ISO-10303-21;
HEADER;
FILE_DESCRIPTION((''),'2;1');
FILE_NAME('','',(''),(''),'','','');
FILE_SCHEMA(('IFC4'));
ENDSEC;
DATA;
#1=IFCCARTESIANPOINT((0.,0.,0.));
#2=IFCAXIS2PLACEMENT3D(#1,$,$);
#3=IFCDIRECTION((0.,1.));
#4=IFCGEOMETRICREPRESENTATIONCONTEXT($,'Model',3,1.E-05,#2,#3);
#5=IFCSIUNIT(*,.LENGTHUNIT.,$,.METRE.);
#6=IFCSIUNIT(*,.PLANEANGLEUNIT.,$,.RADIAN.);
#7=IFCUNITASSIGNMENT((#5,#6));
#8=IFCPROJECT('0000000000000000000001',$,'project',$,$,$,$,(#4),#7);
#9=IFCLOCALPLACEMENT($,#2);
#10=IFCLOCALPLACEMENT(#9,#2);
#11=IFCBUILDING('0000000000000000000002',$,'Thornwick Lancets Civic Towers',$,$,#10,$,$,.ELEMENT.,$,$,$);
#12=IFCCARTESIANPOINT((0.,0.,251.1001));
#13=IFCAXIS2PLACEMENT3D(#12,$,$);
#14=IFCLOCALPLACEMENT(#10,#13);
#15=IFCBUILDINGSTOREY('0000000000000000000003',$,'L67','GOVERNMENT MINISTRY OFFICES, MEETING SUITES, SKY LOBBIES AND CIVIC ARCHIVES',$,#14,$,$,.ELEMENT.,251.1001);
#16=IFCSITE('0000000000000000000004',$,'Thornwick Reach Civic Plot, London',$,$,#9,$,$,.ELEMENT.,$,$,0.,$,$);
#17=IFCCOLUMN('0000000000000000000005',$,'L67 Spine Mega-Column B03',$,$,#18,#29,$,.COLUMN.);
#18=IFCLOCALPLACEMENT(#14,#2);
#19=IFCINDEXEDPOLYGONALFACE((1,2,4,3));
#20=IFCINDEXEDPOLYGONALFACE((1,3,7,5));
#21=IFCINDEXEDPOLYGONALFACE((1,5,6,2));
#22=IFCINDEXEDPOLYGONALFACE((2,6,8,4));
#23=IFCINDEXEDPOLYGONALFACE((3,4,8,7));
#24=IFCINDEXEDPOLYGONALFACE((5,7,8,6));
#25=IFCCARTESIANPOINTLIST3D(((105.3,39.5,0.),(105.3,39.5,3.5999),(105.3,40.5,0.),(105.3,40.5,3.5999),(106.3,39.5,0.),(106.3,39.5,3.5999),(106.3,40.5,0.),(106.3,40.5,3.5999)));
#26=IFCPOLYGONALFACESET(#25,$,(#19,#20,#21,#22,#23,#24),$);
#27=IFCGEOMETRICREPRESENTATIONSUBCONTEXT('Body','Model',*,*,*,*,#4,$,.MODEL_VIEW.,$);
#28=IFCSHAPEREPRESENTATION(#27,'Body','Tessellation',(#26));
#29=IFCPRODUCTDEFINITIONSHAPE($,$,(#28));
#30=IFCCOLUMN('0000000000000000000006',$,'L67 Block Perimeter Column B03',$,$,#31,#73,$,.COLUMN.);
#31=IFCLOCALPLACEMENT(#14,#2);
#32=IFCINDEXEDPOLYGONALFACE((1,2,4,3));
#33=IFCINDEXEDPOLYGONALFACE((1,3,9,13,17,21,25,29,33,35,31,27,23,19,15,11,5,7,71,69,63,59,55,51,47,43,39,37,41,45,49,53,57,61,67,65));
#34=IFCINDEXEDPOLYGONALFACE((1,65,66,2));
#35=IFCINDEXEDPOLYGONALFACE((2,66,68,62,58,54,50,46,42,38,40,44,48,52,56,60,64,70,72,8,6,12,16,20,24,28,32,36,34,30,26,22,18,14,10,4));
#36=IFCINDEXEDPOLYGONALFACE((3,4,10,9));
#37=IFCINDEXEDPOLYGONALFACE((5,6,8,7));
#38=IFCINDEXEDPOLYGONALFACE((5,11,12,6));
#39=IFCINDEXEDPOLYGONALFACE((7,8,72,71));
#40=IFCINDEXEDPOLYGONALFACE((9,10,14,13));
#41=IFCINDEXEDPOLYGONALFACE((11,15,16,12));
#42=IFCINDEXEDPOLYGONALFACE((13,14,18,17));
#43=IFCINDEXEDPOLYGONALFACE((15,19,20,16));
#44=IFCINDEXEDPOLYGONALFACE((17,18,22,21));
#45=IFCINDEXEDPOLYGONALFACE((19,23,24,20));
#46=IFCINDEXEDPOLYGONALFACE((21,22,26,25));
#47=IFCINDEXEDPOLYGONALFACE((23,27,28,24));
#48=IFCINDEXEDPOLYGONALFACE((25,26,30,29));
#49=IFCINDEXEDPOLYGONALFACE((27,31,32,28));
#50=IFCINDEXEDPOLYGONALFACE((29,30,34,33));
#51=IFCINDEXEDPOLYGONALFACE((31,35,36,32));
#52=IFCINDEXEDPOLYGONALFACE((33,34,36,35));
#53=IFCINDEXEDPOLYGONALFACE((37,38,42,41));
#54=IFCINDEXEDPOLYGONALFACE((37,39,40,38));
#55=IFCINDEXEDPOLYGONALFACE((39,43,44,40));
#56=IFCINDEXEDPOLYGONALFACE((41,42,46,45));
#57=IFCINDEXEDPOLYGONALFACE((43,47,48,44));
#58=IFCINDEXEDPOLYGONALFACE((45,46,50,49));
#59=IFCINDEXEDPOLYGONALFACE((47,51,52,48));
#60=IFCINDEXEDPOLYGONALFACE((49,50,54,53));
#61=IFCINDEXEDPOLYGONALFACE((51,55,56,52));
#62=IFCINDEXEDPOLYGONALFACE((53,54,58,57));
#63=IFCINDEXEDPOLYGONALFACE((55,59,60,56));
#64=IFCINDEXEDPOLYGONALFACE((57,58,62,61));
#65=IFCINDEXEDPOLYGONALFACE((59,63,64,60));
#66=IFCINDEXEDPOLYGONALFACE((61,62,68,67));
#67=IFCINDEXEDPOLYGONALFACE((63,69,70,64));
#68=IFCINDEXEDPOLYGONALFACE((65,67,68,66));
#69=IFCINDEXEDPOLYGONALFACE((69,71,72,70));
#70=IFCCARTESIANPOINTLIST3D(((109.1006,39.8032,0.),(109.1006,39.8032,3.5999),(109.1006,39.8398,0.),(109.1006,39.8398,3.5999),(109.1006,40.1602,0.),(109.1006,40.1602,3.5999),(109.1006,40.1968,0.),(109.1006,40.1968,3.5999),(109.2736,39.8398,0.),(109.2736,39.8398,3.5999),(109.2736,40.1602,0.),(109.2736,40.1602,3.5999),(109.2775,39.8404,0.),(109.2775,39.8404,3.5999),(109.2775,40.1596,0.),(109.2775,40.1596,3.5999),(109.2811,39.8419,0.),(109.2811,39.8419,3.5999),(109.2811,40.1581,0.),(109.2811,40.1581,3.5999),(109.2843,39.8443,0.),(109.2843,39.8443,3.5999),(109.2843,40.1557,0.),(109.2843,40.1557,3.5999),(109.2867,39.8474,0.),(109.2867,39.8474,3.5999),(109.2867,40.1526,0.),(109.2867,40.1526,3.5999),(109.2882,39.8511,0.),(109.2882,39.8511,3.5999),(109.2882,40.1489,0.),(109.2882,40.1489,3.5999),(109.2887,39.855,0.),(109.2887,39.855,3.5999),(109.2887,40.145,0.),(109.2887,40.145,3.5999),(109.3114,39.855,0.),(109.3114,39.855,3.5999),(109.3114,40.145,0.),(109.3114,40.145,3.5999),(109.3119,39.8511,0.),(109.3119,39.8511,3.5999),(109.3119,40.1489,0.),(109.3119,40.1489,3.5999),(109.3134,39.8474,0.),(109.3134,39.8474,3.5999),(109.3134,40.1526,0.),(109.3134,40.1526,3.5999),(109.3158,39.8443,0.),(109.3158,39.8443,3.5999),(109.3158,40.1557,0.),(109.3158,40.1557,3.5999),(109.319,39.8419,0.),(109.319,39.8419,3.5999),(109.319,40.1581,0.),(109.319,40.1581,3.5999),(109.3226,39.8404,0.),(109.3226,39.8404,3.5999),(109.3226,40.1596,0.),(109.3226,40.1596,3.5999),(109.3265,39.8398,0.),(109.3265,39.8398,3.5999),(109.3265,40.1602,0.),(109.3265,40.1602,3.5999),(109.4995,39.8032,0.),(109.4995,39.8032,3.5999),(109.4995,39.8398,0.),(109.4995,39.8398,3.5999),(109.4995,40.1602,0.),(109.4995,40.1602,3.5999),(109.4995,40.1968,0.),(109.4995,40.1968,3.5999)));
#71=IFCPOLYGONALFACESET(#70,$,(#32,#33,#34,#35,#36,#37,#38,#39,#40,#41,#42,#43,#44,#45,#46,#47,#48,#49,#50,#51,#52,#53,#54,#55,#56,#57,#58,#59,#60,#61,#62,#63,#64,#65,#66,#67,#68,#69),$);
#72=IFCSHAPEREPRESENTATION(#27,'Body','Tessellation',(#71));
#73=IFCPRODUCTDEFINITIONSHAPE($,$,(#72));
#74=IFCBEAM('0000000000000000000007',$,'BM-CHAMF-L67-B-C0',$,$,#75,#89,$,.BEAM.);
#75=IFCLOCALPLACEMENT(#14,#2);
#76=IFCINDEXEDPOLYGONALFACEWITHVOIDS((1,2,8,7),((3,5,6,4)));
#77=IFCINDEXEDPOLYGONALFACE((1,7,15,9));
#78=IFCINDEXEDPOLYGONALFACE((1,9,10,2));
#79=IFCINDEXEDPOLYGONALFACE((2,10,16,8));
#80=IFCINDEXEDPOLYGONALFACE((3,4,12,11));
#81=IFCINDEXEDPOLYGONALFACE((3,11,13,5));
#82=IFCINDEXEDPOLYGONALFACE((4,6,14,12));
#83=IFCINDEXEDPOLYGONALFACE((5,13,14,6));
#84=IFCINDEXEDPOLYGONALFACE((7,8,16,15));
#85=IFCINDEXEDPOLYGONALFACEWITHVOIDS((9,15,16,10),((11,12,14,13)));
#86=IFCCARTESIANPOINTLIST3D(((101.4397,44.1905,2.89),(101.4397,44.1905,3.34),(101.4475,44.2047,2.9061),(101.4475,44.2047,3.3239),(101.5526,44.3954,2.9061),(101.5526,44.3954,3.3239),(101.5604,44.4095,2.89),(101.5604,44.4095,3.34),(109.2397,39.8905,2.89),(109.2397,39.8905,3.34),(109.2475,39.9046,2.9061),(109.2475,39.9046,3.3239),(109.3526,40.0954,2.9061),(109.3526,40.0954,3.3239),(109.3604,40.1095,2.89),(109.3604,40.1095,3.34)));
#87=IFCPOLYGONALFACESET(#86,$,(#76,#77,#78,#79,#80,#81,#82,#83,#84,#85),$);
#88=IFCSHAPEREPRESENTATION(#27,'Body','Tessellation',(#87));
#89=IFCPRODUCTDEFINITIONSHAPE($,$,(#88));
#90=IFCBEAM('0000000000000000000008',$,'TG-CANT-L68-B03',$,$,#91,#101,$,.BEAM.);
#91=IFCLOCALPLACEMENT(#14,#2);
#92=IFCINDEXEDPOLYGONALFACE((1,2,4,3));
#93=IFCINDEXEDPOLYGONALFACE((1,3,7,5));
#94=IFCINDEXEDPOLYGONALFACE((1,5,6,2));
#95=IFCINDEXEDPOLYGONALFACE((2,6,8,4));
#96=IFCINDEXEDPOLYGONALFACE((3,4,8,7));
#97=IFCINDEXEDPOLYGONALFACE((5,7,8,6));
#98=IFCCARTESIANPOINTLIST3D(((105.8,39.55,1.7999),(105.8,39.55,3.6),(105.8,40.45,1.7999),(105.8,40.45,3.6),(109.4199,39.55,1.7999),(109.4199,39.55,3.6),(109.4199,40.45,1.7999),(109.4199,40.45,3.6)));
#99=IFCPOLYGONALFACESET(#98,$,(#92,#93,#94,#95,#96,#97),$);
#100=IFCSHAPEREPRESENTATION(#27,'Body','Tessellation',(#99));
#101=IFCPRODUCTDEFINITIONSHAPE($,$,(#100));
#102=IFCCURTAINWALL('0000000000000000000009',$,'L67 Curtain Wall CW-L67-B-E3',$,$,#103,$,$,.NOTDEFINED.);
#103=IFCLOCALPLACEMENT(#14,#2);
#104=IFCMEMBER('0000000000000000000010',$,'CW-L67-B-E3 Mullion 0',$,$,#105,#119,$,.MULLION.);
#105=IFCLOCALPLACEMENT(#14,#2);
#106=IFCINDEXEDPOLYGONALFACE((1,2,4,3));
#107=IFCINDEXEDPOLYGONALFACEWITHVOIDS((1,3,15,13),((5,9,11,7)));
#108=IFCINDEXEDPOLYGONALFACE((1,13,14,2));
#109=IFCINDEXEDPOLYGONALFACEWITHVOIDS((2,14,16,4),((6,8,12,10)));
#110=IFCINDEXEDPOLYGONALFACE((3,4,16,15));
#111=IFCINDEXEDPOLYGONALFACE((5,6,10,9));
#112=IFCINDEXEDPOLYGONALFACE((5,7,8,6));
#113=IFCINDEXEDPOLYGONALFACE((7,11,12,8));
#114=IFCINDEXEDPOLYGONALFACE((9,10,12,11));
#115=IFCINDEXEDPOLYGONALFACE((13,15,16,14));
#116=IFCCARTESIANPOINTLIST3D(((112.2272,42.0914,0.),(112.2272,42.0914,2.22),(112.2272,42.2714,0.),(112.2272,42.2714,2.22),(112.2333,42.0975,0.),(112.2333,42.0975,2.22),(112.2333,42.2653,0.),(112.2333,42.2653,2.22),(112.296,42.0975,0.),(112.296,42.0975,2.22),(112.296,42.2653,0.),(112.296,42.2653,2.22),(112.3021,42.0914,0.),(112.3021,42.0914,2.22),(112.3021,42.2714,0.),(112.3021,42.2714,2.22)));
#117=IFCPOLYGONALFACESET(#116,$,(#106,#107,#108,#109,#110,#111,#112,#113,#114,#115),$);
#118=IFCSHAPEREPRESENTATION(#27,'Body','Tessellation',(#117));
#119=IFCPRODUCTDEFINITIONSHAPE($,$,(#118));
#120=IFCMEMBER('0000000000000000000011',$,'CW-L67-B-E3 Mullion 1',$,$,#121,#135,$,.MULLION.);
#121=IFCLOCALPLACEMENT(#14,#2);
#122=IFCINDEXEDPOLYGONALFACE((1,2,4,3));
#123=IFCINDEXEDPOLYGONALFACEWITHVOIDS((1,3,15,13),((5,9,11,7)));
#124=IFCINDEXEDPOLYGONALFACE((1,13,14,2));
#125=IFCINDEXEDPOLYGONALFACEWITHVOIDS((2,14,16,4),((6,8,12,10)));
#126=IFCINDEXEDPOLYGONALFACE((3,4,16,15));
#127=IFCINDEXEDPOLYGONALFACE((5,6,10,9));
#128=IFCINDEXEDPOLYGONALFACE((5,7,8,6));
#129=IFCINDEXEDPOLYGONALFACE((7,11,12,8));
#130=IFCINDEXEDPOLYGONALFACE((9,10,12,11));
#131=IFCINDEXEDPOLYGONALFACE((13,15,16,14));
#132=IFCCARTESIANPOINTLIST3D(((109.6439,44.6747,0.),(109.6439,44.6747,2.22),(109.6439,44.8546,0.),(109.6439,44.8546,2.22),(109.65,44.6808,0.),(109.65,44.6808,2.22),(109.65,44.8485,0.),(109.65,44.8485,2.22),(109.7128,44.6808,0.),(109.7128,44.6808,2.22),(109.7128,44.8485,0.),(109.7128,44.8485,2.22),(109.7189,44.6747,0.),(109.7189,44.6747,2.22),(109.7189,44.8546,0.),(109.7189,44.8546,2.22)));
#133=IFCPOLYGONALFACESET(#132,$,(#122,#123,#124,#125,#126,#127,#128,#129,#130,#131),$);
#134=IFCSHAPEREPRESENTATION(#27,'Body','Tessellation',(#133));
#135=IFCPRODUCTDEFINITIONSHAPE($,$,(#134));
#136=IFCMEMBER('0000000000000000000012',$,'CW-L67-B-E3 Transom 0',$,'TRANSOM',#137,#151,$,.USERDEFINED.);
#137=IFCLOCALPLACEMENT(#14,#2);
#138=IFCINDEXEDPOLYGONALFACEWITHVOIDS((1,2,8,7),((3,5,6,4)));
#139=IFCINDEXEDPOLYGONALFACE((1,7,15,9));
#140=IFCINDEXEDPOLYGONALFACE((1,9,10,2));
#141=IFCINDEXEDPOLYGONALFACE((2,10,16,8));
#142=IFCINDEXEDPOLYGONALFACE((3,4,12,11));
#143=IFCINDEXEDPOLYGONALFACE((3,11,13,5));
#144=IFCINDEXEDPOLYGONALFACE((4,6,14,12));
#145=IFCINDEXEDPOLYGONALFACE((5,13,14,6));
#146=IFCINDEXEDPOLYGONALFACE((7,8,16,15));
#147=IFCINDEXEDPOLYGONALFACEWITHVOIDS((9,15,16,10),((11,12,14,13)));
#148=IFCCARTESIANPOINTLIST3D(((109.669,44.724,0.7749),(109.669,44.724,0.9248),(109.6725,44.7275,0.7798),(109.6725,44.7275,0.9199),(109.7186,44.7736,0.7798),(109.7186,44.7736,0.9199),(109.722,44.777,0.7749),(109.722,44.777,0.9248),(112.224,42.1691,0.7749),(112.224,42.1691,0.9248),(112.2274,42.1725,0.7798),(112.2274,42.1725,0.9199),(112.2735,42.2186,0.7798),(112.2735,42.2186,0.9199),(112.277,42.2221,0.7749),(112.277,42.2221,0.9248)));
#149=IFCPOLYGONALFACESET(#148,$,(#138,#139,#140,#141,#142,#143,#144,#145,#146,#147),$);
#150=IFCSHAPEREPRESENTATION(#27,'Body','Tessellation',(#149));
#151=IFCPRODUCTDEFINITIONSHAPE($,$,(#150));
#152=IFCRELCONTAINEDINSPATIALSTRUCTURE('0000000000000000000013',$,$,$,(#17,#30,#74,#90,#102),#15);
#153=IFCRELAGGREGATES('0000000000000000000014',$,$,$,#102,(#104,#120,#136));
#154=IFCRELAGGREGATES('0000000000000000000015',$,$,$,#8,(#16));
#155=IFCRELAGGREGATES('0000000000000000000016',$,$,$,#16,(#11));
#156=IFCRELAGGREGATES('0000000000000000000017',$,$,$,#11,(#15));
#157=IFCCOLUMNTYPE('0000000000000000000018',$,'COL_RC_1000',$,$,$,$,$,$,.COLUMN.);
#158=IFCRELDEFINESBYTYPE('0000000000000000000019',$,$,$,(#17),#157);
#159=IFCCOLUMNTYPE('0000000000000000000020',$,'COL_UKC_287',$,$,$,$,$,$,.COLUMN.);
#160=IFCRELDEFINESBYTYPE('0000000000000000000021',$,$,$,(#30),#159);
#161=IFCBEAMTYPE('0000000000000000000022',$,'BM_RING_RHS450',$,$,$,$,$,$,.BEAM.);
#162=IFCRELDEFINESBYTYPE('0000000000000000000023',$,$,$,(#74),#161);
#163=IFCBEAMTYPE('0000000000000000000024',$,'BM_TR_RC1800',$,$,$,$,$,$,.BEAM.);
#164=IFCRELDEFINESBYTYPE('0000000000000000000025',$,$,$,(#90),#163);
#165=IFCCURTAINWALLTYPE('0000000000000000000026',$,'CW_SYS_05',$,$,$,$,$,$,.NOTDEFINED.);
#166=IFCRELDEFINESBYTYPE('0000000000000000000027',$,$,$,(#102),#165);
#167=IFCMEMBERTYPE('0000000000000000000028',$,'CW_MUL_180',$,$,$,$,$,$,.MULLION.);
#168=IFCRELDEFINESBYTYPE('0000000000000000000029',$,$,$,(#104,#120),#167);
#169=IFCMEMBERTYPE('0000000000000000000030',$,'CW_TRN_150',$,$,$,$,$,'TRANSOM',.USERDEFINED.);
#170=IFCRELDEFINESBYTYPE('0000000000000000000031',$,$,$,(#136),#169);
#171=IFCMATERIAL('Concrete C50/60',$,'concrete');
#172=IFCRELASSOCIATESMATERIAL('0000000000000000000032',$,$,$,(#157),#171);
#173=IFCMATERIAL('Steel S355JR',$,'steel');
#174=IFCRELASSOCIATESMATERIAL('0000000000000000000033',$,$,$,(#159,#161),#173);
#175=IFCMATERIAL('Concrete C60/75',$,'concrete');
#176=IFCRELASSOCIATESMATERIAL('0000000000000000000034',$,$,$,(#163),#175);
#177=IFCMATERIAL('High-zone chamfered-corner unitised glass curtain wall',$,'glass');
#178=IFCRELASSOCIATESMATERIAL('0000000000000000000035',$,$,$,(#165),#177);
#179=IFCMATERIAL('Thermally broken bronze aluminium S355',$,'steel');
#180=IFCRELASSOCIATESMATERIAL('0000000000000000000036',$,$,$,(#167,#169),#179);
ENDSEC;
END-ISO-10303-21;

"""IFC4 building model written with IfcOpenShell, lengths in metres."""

from ifc_helpers import new_model, si_unit, direction, frame, origin, origin_2d, place, context, subcontext, project, spatial, rectangle, hollow_rectangle, i_section, extrude, material, material_profile, profile_set, type_object, element, aggregate, save


model = new_model("IFC4")

# Units and contexts
model_context = context("Model", 3, precision=1e-05, world=origin(), true_north=direction((0.0, 1.0)))
body_context = subcontext(model_context, "Body", "Model", "MODEL_VIEW")
ifc_project = project(units=[si_unit("LENGTHUNIT", "METRE"), si_unit("PLANEANGLEUNIT", "RADIAN")], contexts=[model_context])

# Site, building, storey
site_placement = place(None, origin())
site = spatial("IfcSite", under=ifc_project, at=site_placement, Name="Thornwick Reach Civic Plot, London", CompositionType="ELEMENT", RefElevation=0.0)
building_placement = place(site_placement, origin())
building = spatial("IfcBuilding", under=site, at=building_placement, Name="Thornwick Lancets Civic Towers", CompositionType="ELEMENT")
storey_placement = place(building_placement, frame((0.0, 0.0, 251.1001)))
storey = spatial("IfcBuildingStorey", under=building, at=storey_placement, Name="L67", Description="GOVERNMENT MINISTRY OFFICES, MEETING SUITES, SKY LOBBIES AND CIVIC ARCHIVES", CompositionType="ELEMENT", Elevation=251.1001)

# Columns
ifc_material_1 = material(Name="Concrete C50/60", Category="concrete")
ifc_material_profile_1 = material_profile(ifc_material_1, rectangle(XDim=1.0, YDim=1.0, at=origin_2d()), Name="RC 1000x1000")
ifc_profile_set_1 = profile_set([ifc_material_profile_1], Name="Concrete C50/60")
column_type_1 = type_object("IfcColumnType", Name="COL_RC_1000", PredefinedType="COLUMN", material=ifc_profile_set_1)
column_1_placement = place(storey_placement, frame((105.8, 40.0, 0.0), z_axis=(0.0, 0.0, 1.0), x_axis=(1.0, 0.0, 0.0)))
element("IfcColumn", 1, at=column_1_placement, inside=storey, type_object=column_type_1, Name="L67 Spine Mega-Column B03", PredefinedType="COLUMN", context=body_context, shape_type="SweptSolid", body=[
    extrude(rectangle(XDim=1.0, YDim=1.0, at=origin_2d()), origin(), (0.0, 0.0, 1.0), 3.5999),
])
ifc_material_2 = material(Name="Steel S355JR", Category="steel")
ifc_material_profile_2 = material_profile(ifc_material_2, i_section(OverallWidth=0.3989, OverallDepth=0.3936, WebThickness=0.0227, FlangeThickness=0.0366, FilletRadius=0.0151, at=origin_2d()), Name="UKC 356x406x287")
ifc_profile_set_2 = profile_set([ifc_material_profile_2], Name="Steel S355JR")
column_type_2 = type_object("IfcColumnType", Name="COL_UKC_287", PredefinedType="COLUMN", material=ifc_profile_set_2)
column_2_placement = place(storey_placement, frame((109.3, 40.0, 0.0), z_axis=(0.0, 0.0, 1.0), x_axis=(1.0, 0.0, 0.0)))
element("IfcColumn", 2, at=column_2_placement, inside=storey, type_object=column_type_2, Name="L67 Block Perimeter Column B03", PredefinedType="COLUMN", context=body_context, shape_type="SweptSolid", body=[
    extrude(i_section(OverallWidth=0.3989, OverallDepth=0.3936, WebThickness=0.0227, FlangeThickness=0.0366, FilletRadius=0.0151, at=origin_2d()), origin(), (0.0, 0.0, 1.0), 3.5999),
])

# Beams
ifc_material_profile_3 = material_profile(ifc_material_2, hollow_rectangle(XDim=0.25, YDim=0.45, WallThickness=0.0161, at=origin_2d()), Name="RHS 450x250x16")
ifc_profile_set_3 = profile_set([ifc_material_profile_3], Name="Steel S355JR")
beam_type_1 = type_object("IfcBeamType", Name="BM_RING_RHS450", PredefinedType="BEAM", material=ifc_profile_set_3)
beam_1_placement = place(storey_placement, frame((109.3, 40.0, 3.115), z_axis=(-0.87574, 0.482782, 0.0), x_axis=(-0.482782, -0.87574, 0.0)))
element("IfcBeam", 3, at=beam_1_placement, inside=storey, type_object=beam_type_1, Name="BM-CHAMF-L67-B-C0", PredefinedType="BEAM", context=body_context, shape_type="SweptSolid", body=[
    extrude(hollow_rectangle(XDim=0.25, YDim=0.45, WallThickness=0.0161, at=origin_2d()), origin(), (0.0, 0.0, 1.0), 8.9067),
])
ifc_material_3 = material(Name="Concrete C60/75", Category="concrete")
ifc_material_profile_4 = material_profile(ifc_material_3, rectangle(XDim=0.8999, YDim=1.8, at=origin_2d()), Name="RC 900x1800")
ifc_profile_set_4 = profile_set([ifc_material_profile_4], Name="Concrete C60/75")
beam_type_2 = type_object("IfcBeamType", Name="BM_TR_RC1800", PredefinedType="BEAM", material=ifc_profile_set_4)
beam_2_placement = place(storey_placement, frame((105.8, 40.0, 2.7), z_axis=(1.0, 0.0, 0.0), x_axis=(0.0, 1.0, 0.0)))
element("IfcBeam", 4, at=beam_2_placement, inside=storey, type_object=beam_type_2, Name="TG-CANT-L68-B03", PredefinedType="BEAM", context=body_context, shape_type="SweptSolid", body=[
    extrude(rectangle(XDim=0.8999, YDim=1.8, at=origin_2d()), origin(), (0.0, 0.0, 1.0), 3.6199),
])

# Curtain wall, members
ifc_material_4 = material(Name="High-zone chamfered-corner unitised glass curtain wall", Category="glass")
curtain_wall_type = type_object("IfcCurtainWallType", Name="CW_SYS_05", PredefinedType="NOTDEFINED", material=ifc_material_4)
curtain_wall_placement = place(storey_placement, origin())
curtain_wall = element("IfcCurtainWall", 5, at=curtain_wall_placement, inside=storey, type_object=curtain_wall_type, Name="L67 Curtain Wall CW-L67-B-E3", PredefinedType="NOTDEFINED")
ifc_material_5 = material(Name="Thermally broken bronze aluminium S355", Category="steel")
ifc_material_profile_5 = material_profile(ifc_material_5, hollow_rectangle(XDim=0.075, YDim=0.1799, WallThickness=0.0061, at=origin_2d()), Name="RHS 180x75x6")
ifc_profile_set_5 = profile_set([ifc_material_profile_5], Name="Thermally broken bronze aluminium S355")
member_type_1 = type_object("IfcMemberType", Name="CW_MUL_180", PredefinedType="MULLION", material=ifc_profile_set_5)
member_1_placement = place(storey_placement, frame((112.2646, 42.1814, 0.0), z_axis=(0.0, 0.0, 1.0), x_axis=(1.0, 0.0, 0.0)))
member_1 = element("IfcMember", 6, at=member_1_placement, type_object=member_type_1, Name="CW-L67-B-E3 Mullion 0", PredefinedType="MULLION", context=body_context, shape_type="SweptSolid", body=[
    extrude(hollow_rectangle(XDim=0.075, YDim=0.1799, WallThickness=0.0061, at=origin_2d()), origin(), (0.0, 0.0, 1.0), 2.22),
])
member_2_placement = place(storey_placement, frame((109.6814, 44.7646, 0.0), z_axis=(0.0, 0.0, 1.0), x_axis=(1.0, 0.0, 0.0)))
member_2 = element("IfcMember", 7, at=member_2_placement, type_object=member_type_1, Name="CW-L67-B-E3 Mullion 1", PredefinedType="MULLION", context=body_context, shape_type="SweptSolid", body=[
    extrude(hollow_rectangle(XDim=0.075, YDim=0.1799, WallThickness=0.0061, at=origin_2d()), origin(), (0.0, 0.0, 1.0), 2.22),
])
ifc_material_profile_6 = material_profile(ifc_material_5, hollow_rectangle(XDim=0.075, YDim=0.1499, WallThickness=0.0049, at=origin_2d()), Name="RHS 150x75x5")
ifc_profile_set_6 = profile_set([ifc_material_profile_6], Name="Thermally broken bronze aluminium S355")
member_type_2 = type_object("IfcMemberType", Name="CW_TRN_150", ElementType="TRANSOM", PredefinedType="USERDEFINED", material=ifc_profile_set_6)
member_3_placement = place(storey_placement, frame((112.2505, 42.1956, 0.8499), z_axis=(-0.707107, 0.707107, 0.0), x_axis=(-0.707107, -0.707107, 0.0)))
member_3 = element("IfcMember", 8, at=member_3_placement, type_object=member_type_2, Name="CW-L67-B-E3 Transom 0", ObjectType="TRANSOM", PredefinedType="USERDEFINED", context=body_context, shape_type="SweptSolid", body=[
    extrude(hollow_rectangle(XDim=0.075, YDim=0.1499, WallThickness=0.0049, at=origin_2d()), origin(), (0.0, 0.0, 1.0), 3.6133),
])

aggregate(curtain_wall, [member_1, member_2, member_3])

save(model, "model.ifc")
